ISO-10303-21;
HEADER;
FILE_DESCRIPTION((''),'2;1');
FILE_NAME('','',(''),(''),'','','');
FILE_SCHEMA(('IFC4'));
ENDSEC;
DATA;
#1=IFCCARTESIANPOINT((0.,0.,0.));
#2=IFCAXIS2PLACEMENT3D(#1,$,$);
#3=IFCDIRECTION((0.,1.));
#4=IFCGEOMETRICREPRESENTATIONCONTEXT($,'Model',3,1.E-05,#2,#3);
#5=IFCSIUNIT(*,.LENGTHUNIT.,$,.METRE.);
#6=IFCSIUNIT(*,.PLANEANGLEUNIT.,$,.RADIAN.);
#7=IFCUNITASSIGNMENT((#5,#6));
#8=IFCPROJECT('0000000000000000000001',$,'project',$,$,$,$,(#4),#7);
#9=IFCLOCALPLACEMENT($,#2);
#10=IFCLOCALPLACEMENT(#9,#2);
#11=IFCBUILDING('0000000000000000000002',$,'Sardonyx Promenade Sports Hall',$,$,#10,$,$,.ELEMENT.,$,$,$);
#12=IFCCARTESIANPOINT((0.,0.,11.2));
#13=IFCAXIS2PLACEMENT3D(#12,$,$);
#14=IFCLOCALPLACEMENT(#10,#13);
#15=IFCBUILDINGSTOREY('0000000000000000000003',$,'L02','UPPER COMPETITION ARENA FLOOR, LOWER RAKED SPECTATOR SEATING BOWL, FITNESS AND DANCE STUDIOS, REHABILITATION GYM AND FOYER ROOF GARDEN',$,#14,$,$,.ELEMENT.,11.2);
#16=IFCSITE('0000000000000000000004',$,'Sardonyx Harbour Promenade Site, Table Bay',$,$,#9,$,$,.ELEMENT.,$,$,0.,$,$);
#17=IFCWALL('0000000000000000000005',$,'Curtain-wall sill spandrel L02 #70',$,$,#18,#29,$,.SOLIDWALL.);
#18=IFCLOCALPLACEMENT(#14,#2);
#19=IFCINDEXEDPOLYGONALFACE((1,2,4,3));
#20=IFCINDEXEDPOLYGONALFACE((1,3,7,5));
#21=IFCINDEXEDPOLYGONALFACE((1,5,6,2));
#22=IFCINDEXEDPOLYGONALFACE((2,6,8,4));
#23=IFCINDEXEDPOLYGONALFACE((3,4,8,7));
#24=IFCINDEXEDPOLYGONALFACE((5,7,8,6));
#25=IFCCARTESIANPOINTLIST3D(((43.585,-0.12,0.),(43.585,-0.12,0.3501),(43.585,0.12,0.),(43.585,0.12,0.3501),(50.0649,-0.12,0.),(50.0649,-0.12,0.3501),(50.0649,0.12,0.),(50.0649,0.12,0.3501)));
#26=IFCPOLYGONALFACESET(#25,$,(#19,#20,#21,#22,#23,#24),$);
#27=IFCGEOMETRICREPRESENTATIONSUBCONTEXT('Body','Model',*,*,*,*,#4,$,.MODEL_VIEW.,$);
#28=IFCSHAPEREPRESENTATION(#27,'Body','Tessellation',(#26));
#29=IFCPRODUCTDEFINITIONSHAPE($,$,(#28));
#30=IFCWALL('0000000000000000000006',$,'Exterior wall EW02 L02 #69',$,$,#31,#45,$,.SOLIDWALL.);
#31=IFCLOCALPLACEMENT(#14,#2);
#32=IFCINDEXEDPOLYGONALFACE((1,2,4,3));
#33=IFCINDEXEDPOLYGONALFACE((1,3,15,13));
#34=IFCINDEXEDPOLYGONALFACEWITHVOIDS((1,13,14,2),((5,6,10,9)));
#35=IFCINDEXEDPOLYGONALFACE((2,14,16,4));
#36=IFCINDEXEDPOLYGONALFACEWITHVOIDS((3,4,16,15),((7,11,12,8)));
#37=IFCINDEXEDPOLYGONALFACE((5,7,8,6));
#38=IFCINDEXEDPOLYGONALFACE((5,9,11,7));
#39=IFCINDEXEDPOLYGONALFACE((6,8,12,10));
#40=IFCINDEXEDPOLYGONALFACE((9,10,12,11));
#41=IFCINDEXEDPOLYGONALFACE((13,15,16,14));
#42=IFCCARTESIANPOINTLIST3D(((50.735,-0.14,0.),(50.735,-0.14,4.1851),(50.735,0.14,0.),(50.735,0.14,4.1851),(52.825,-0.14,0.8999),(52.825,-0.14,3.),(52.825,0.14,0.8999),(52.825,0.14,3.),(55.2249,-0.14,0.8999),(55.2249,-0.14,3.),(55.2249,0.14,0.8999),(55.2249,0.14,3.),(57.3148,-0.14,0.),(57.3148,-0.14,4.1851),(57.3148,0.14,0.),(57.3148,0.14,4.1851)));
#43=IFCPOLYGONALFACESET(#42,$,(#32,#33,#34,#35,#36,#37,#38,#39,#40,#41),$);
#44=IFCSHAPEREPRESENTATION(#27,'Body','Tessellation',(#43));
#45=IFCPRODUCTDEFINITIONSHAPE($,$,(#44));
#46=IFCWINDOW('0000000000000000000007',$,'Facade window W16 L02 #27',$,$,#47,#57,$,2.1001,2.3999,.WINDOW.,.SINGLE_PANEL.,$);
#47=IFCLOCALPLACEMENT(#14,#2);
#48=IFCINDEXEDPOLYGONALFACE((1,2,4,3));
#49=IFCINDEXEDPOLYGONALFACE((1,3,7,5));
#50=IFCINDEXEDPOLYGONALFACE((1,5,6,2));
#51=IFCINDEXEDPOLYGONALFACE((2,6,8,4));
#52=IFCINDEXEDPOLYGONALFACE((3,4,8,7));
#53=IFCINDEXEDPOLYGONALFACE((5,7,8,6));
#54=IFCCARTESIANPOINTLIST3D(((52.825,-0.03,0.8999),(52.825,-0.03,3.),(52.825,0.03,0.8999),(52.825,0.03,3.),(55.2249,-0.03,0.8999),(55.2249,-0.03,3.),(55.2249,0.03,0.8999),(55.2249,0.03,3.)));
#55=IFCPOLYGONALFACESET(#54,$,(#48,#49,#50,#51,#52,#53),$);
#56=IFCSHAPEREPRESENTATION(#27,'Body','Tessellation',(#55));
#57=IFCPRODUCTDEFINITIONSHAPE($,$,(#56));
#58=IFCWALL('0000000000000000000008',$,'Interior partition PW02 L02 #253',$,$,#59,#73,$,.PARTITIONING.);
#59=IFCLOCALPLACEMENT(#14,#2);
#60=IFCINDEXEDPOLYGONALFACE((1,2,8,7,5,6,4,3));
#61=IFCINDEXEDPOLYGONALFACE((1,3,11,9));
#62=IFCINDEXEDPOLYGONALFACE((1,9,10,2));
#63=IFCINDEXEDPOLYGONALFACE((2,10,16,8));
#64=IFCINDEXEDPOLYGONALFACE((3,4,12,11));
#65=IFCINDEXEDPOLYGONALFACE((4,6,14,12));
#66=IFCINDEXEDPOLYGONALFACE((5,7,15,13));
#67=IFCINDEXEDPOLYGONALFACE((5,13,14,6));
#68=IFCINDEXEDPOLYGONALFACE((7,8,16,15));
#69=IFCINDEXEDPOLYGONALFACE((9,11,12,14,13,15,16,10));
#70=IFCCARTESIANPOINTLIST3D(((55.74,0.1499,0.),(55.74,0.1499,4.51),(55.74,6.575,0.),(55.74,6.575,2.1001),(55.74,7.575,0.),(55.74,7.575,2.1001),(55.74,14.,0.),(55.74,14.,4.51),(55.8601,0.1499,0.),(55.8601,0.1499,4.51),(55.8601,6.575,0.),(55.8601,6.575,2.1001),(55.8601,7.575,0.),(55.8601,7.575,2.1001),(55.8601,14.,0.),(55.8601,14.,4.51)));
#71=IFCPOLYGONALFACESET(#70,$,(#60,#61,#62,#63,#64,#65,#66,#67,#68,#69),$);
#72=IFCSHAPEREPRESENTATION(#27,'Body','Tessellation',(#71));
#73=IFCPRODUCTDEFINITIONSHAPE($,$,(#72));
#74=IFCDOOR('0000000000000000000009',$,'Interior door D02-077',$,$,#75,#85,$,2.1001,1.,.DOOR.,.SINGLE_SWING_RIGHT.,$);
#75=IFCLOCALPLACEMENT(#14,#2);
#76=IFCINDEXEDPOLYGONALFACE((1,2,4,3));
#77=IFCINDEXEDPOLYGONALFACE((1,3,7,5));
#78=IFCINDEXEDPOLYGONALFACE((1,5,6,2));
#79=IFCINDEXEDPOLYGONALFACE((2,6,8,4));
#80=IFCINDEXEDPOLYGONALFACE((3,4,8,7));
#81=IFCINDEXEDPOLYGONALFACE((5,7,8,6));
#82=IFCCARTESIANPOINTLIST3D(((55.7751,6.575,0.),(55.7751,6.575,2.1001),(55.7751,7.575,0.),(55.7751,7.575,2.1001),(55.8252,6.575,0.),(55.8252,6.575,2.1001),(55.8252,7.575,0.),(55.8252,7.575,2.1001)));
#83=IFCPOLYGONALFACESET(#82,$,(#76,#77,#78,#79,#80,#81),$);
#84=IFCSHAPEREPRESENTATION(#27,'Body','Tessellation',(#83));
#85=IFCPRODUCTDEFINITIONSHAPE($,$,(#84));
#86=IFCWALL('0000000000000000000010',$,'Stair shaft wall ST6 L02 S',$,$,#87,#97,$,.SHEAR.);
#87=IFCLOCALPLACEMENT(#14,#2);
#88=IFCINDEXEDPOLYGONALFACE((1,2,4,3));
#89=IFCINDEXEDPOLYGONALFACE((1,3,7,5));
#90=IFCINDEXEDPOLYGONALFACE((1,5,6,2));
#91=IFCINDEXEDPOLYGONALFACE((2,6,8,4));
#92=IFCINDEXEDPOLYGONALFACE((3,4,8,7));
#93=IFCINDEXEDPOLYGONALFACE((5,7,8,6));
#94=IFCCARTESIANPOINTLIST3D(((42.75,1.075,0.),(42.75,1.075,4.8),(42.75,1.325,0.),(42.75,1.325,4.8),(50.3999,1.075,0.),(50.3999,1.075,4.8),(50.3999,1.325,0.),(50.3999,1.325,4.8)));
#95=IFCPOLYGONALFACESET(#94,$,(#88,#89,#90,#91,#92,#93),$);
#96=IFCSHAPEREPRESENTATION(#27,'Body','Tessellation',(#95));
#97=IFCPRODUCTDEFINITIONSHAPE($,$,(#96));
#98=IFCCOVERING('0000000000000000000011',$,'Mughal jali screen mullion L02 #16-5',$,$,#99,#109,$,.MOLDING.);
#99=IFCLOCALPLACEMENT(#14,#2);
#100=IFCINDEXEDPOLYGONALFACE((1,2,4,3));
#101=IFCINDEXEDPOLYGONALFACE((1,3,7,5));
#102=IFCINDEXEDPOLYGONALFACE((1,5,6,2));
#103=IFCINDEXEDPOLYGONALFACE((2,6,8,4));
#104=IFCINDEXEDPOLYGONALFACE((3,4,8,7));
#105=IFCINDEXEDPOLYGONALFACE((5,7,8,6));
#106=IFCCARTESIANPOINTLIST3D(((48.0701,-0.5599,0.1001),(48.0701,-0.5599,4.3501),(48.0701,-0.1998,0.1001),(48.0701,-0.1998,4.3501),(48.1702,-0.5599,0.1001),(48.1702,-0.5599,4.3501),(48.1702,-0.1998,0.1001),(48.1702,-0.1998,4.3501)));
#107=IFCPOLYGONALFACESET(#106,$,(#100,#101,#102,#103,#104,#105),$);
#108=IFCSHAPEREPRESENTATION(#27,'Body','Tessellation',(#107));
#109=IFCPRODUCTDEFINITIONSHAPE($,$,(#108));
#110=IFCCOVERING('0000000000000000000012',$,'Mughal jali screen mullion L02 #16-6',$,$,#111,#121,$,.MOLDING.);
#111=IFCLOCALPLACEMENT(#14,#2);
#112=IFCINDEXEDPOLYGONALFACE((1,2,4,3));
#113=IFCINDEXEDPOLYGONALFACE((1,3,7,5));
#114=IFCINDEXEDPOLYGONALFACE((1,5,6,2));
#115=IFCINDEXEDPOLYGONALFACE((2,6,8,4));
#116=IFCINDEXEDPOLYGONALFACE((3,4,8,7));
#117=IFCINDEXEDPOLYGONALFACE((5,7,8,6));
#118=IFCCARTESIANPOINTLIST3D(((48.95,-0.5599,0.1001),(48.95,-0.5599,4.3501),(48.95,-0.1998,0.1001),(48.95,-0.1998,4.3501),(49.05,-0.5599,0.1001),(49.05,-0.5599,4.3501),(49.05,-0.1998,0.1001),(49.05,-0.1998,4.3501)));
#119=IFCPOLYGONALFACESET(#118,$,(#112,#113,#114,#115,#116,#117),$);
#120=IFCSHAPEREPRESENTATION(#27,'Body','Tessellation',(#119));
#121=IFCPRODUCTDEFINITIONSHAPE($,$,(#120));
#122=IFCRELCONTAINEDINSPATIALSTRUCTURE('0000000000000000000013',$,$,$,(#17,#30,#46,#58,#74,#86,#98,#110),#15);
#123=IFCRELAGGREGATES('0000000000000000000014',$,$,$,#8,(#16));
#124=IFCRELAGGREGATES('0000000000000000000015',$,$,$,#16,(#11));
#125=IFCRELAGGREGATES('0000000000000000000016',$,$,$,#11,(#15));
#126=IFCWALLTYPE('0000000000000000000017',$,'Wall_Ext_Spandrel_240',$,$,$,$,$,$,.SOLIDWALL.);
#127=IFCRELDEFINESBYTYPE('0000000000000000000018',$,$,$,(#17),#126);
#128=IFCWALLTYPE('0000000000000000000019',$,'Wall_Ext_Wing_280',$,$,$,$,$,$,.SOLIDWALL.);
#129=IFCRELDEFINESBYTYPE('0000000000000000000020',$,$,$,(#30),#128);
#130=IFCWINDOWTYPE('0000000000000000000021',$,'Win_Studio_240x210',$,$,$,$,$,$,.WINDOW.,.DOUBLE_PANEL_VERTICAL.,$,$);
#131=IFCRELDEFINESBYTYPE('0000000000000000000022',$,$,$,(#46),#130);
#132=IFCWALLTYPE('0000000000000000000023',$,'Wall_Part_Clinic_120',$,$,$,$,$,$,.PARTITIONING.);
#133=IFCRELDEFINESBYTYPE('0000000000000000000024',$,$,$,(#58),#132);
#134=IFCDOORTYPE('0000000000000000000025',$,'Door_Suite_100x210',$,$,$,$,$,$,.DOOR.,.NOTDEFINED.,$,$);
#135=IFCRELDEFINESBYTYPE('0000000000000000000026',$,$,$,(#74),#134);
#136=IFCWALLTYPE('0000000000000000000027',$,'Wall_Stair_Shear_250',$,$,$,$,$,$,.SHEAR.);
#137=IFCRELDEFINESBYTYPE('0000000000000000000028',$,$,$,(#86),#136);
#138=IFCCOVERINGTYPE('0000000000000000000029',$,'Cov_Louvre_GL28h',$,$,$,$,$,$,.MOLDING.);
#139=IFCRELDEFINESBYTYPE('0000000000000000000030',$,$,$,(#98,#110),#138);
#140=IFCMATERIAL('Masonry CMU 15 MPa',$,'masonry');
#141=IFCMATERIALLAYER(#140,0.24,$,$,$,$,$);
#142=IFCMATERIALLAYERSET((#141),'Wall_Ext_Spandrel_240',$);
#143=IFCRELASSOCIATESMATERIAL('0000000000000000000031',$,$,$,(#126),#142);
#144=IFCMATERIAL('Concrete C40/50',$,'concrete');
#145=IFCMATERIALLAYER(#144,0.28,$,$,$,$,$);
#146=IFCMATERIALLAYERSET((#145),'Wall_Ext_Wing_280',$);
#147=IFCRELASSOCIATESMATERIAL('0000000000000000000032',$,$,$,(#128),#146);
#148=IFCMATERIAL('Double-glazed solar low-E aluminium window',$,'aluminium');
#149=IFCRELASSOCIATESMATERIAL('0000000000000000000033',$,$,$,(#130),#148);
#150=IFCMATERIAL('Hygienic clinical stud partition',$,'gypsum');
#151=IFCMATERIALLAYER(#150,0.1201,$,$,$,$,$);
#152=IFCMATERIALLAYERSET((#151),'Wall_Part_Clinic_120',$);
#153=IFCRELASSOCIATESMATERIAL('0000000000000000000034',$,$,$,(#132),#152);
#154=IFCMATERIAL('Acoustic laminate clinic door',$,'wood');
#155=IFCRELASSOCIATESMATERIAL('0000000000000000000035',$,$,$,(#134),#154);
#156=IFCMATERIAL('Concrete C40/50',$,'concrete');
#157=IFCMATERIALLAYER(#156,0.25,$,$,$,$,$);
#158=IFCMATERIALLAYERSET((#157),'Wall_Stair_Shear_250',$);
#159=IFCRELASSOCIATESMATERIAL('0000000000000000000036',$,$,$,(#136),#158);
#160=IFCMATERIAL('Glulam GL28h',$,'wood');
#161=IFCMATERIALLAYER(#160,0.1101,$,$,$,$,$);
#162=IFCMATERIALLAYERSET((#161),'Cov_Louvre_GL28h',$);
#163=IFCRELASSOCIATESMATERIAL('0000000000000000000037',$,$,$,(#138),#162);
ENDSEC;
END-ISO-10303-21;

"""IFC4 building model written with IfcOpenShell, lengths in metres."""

from ifc_helpers import new_model, si_unit, direction, frame, frame_2d, origin, origin_2d, place, context, subcontext, project, spatial, rectangle, extrude, material, layer, layer_set, type_object, element, fill, save


model = new_model("IFC4")

# Units and contexts
model_context = context("Model", 3, precision=1e-05, world=origin(), true_north=direction((0.0, 1.0)))
body_context = subcontext(model_context, "Body", "Model", "MODEL_VIEW")
ifc_project = project(units=[si_unit("LENGTHUNIT", "METRE"), si_unit("PLANEANGLEUNIT", "RADIAN")], contexts=[model_context])

# Site, building, storey
site_placement = place(None, origin())
site = spatial("IfcSite", under=ifc_project, at=site_placement, Name="Sardonyx Harbour Promenade Site, Table Bay", CompositionType="ELEMENT", RefElevation=0.0)
building_placement = place(site_placement, origin())
building = spatial("IfcBuilding", under=site, at=building_placement, Name="Sardonyx Promenade Sports Hall", CompositionType="ELEMENT")
storey_placement = place(building_placement, frame((0.0, 0.0, 11.2)))
storey = spatial("IfcBuildingStorey", under=building, at=storey_placement, Name="L02", Description="UPPER COMPETITION ARENA FLOOR, LOWER RAKED SPECTATOR SEATING BOWL, FITNESS AND DANCE STUDIOS, REHABILITATION GYM AND FOYER ROOF GARDEN", CompositionType="ELEMENT", Elevation=11.2)

# Wall
ifc_material_1 = material(Name="Masonry CMU 15 MPa", Category="masonry")
ifc_layer_1 = layer(ifc_material_1, 0.24)
ifc_layer_set_1 = layer_set([ifc_layer_1], Name="Wall_Ext_Spandrel_240")
wall_type_1 = type_object("IfcWallType", Name="Wall_Ext_Spandrel_240", PredefinedType="SOLIDWALL", material=ifc_layer_set_1)
wall_1_placement = place(storey_placement, frame((50.0649, 0.0, 0.0), z_axis=(0.0, 0.0, 1.0), x_axis=(-1.0, 0.0, 0.0)))
element("IfcWall", 1, at=wall_1_placement, inside=storey, type_object=wall_type_1, Name="Curtain-wall sill spandrel L02 #70", PredefinedType="SOLIDWALL", context=body_context, shape_type="SweptSolid", body=[
    extrude(rectangle(XDim=6.48, YDim=0.24, at=frame_2d((3.24, 0.0))), origin(), (0.0, 0.0, 1.0), 0.3501),
])

# Wall, opening, window
ifc_material_2 = material(Name="Concrete C40/50", Category="concrete")
ifc_layer_2 = layer(ifc_material_2, 0.28)
ifc_layer_set_2 = layer_set([ifc_layer_2], Name="Wall_Ext_Wing_280")
wall_type_2 = type_object("IfcWallType", Name="Wall_Ext_Wing_280", PredefinedType="SOLIDWALL", material=ifc_layer_set_2)
wall_2_placement = place(storey_placement, frame((57.3149, 0.0, 0.0), z_axis=(0.0, 0.0, 1.0), x_axis=(-1.0, 0.0, 0.0)))
wall_2 = element("IfcWall", 2, at=wall_2_placement, inside=storey, type_object=wall_type_2, Name="Exterior wall EW02 L02 #69", PredefinedType="SOLIDWALL", context=body_context, shape_type="SweptSolid", body=[
    extrude(rectangle(XDim=6.5798, YDim=0.28, at=frame_2d((3.29, 0.0))), origin(), (0.0, 0.0, 1.0), 4.1851),
])
opening_1_placement = place(wall_2_placement, frame((2.0901, 0.0, 0.8999)))
opening_1 = element("IfcOpeningElement", 3, at=opening_1_placement, cuts=wall_2, PredefinedType="OPENING", context=body_context, shape_type="SweptSolid", body=[
    extrude(rectangle(XDim=2.3999, YDim=2.1001, at=frame_2d((1.2, 1.05))), frame((0.0, 0.15, 0.0), z_axis=(0.0, -1.0, 0.0), x_axis=(1.0, 0.0, 0.0)), (0.0, 0.0, 1.0), 0.3),
])
ifc_material_3 = material(Name="Double-glazed solar low-E aluminium window", Category="aluminium")
window_type = type_object("IfcWindowType", Name="Win_Studio_240x210", PartitioningType="DOUBLE_PANEL_VERTICAL", PredefinedType="WINDOW", material=ifc_material_3)
window_placement = place(opening_1_placement, origin())
window = element("IfcWindow", 4, at=window_placement, inside=storey, type_object=window_type, Name="Facade window W16 L02 #27", OverallHeight=2.1001, OverallWidth=2.3999, PartitioningType="SINGLE_PANEL", PredefinedType="WINDOW", context=body_context, shape_type="SweptSolid", body=[
    extrude(rectangle(XDim=2.3999, YDim=2.1001, at=frame_2d((1.2, 1.05))), frame((0.0, 0.03, 0.0), z_axis=(0.0, -1.0, 0.0), x_axis=(1.0, 0.0, 0.0)), (0.0, 0.0, 1.0), 0.0601),
])
fill(opening_1, window)

# Wall, opening, door
ifc_material_4 = material(Name="Hygienic clinical stud partition", Category="gypsum")
ifc_layer_3 = layer(ifc_material_4, 0.1201)
ifc_layer_set_3 = layer_set([ifc_layer_3], Name="Wall_Part_Clinic_120")
wall_type_3 = type_object("IfcWallType", Name="Wall_Part_Clinic_120", PredefinedType="PARTITIONING", material=ifc_layer_set_3)
wall_3_placement = place(storey_placement, frame((55.8, 0.1499, 0.0), z_axis=(0.0, 0.0, 1.0), x_axis=(0.0, 1.0, 0.0)))
wall_3 = element("IfcWall", 5, at=wall_3_placement, inside=storey, type_object=wall_type_3, Name="Interior partition PW02 L02 #253", PredefinedType="PARTITIONING", context=body_context, shape_type="SweptSolid", body=[
    extrude(rectangle(XDim=13.8501, YDim=0.1201, at=frame_2d((6.925, 0.0))), origin(), (0.0, 0.0, 1.0), 4.51),
])
opening_2_placement = place(wall_3_placement, frame((6.425, 0.0, 0.0)))
opening_2 = element("IfcOpeningElement", 6, at=opening_2_placement, cuts=wall_3, PredefinedType="OPENING", context=body_context, shape_type="SweptSolid", body=[
    extrude(rectangle(XDim=1.0, YDim=2.1001, at=frame_2d((0.5, 1.05))), frame((0.0, 0.07, 0.0), z_axis=(0.0, -1.0, 0.0), x_axis=(1.0, 0.0, 0.0)), (0.0, 0.0, 1.0), 0.14),
])
ifc_material_5 = material(Name="Acoustic laminate clinic door", Category="wood")
door_type = type_object("IfcDoorType", Name="Door_Suite_100x210", OperationType="NOTDEFINED", PredefinedType="DOOR", material=ifc_material_5)
door_placement = place(opening_2_placement, origin())
door = element("IfcDoor", 7, at=door_placement, inside=storey, type_object=door_type, Name="Interior door D02-077", OperationType="SINGLE_SWING_RIGHT", OverallHeight=2.1001, OverallWidth=1.0, PredefinedType="DOOR", context=body_context, shape_type="SweptSolid", body=[
    extrude(rectangle(XDim=1.0, YDim=2.1001, at=frame_2d((0.5, 1.05))), frame((0.0, 0.0249, 0.0), z_axis=(0.0, -1.0, 0.0), x_axis=(1.0, 0.0, 0.0)), (0.0, 0.0, 1.0), 0.05),
])
fill(opening_2, door)

# Wall
ifc_material_6 = material(Name="Concrete C40/50", Category="concrete")
ifc_layer_4 = layer(ifc_material_6, 0.25)
ifc_layer_set_4 = layer_set([ifc_layer_4], Name="Wall_Stair_Shear_250")
wall_type_4 = type_object("IfcWallType", Name="Wall_Stair_Shear_250", PredefinedType="SHEAR", material=ifc_layer_set_4)
wall_4_placement = place(storey_placement, frame((50.3999, 1.2, 0.0), z_axis=(0.0, 0.0, 1.0), x_axis=(-1.0, 0.0, 0.0)))
element("IfcWall", 8, at=wall_4_placement, inside=storey, type_object=wall_type_4, Name="Stair shaft wall ST6 L02 S", PredefinedType="SHEAR", context=body_context, shape_type="SweptSolid", body=[
    extrude(rectangle(XDim=7.6499, YDim=0.25, at=frame_2d((3.825, 0.0))), origin(), (0.0, 0.0, 1.0), 4.8),
])

# Coverings
ifc_material_7 = material(Name="Glulam GL28h", Category="wood")
ifc_layer_5 = layer(ifc_material_7, 0.1101)
ifc_layer_set_5 = layer_set([ifc_layer_5], Name="Cov_Louvre_GL28h")
covering_type = type_object("IfcCoveringType", Name="Cov_Louvre_GL28h", PredefinedType="MOLDING", material=ifc_layer_set_5)
for number, where, z_axis, x_axis, name in (
    (9, (48.1201, -0.3799, 0.1001), (0.0, 0.0, 1.0), (1.0, 0.0, 0.0), "Mughal jali screen mullion L02 #16-5"),
    (10, (49.0, -0.3799, 0.1001), (0.0, 0.0, 1.0), (1.0, 0.0, 0.0), "Mughal jali screen mullion L02 #16-6"),
):
    element("IfcCovering", number, at=place(storey_placement, frame(where, z_axis=z_axis, x_axis=x_axis)), inside=storey, type_object=covering_type, Name=name, PredefinedType="MOLDING", context=body_context, shape_type="SweptSolid", body=[
        extrude(rectangle(XDim=0.1001, YDim=0.3601, at=origin_2d()), origin(), (0.0, 0.0, 1.0), 4.25),
    ])

save(model, "model.ifc")
